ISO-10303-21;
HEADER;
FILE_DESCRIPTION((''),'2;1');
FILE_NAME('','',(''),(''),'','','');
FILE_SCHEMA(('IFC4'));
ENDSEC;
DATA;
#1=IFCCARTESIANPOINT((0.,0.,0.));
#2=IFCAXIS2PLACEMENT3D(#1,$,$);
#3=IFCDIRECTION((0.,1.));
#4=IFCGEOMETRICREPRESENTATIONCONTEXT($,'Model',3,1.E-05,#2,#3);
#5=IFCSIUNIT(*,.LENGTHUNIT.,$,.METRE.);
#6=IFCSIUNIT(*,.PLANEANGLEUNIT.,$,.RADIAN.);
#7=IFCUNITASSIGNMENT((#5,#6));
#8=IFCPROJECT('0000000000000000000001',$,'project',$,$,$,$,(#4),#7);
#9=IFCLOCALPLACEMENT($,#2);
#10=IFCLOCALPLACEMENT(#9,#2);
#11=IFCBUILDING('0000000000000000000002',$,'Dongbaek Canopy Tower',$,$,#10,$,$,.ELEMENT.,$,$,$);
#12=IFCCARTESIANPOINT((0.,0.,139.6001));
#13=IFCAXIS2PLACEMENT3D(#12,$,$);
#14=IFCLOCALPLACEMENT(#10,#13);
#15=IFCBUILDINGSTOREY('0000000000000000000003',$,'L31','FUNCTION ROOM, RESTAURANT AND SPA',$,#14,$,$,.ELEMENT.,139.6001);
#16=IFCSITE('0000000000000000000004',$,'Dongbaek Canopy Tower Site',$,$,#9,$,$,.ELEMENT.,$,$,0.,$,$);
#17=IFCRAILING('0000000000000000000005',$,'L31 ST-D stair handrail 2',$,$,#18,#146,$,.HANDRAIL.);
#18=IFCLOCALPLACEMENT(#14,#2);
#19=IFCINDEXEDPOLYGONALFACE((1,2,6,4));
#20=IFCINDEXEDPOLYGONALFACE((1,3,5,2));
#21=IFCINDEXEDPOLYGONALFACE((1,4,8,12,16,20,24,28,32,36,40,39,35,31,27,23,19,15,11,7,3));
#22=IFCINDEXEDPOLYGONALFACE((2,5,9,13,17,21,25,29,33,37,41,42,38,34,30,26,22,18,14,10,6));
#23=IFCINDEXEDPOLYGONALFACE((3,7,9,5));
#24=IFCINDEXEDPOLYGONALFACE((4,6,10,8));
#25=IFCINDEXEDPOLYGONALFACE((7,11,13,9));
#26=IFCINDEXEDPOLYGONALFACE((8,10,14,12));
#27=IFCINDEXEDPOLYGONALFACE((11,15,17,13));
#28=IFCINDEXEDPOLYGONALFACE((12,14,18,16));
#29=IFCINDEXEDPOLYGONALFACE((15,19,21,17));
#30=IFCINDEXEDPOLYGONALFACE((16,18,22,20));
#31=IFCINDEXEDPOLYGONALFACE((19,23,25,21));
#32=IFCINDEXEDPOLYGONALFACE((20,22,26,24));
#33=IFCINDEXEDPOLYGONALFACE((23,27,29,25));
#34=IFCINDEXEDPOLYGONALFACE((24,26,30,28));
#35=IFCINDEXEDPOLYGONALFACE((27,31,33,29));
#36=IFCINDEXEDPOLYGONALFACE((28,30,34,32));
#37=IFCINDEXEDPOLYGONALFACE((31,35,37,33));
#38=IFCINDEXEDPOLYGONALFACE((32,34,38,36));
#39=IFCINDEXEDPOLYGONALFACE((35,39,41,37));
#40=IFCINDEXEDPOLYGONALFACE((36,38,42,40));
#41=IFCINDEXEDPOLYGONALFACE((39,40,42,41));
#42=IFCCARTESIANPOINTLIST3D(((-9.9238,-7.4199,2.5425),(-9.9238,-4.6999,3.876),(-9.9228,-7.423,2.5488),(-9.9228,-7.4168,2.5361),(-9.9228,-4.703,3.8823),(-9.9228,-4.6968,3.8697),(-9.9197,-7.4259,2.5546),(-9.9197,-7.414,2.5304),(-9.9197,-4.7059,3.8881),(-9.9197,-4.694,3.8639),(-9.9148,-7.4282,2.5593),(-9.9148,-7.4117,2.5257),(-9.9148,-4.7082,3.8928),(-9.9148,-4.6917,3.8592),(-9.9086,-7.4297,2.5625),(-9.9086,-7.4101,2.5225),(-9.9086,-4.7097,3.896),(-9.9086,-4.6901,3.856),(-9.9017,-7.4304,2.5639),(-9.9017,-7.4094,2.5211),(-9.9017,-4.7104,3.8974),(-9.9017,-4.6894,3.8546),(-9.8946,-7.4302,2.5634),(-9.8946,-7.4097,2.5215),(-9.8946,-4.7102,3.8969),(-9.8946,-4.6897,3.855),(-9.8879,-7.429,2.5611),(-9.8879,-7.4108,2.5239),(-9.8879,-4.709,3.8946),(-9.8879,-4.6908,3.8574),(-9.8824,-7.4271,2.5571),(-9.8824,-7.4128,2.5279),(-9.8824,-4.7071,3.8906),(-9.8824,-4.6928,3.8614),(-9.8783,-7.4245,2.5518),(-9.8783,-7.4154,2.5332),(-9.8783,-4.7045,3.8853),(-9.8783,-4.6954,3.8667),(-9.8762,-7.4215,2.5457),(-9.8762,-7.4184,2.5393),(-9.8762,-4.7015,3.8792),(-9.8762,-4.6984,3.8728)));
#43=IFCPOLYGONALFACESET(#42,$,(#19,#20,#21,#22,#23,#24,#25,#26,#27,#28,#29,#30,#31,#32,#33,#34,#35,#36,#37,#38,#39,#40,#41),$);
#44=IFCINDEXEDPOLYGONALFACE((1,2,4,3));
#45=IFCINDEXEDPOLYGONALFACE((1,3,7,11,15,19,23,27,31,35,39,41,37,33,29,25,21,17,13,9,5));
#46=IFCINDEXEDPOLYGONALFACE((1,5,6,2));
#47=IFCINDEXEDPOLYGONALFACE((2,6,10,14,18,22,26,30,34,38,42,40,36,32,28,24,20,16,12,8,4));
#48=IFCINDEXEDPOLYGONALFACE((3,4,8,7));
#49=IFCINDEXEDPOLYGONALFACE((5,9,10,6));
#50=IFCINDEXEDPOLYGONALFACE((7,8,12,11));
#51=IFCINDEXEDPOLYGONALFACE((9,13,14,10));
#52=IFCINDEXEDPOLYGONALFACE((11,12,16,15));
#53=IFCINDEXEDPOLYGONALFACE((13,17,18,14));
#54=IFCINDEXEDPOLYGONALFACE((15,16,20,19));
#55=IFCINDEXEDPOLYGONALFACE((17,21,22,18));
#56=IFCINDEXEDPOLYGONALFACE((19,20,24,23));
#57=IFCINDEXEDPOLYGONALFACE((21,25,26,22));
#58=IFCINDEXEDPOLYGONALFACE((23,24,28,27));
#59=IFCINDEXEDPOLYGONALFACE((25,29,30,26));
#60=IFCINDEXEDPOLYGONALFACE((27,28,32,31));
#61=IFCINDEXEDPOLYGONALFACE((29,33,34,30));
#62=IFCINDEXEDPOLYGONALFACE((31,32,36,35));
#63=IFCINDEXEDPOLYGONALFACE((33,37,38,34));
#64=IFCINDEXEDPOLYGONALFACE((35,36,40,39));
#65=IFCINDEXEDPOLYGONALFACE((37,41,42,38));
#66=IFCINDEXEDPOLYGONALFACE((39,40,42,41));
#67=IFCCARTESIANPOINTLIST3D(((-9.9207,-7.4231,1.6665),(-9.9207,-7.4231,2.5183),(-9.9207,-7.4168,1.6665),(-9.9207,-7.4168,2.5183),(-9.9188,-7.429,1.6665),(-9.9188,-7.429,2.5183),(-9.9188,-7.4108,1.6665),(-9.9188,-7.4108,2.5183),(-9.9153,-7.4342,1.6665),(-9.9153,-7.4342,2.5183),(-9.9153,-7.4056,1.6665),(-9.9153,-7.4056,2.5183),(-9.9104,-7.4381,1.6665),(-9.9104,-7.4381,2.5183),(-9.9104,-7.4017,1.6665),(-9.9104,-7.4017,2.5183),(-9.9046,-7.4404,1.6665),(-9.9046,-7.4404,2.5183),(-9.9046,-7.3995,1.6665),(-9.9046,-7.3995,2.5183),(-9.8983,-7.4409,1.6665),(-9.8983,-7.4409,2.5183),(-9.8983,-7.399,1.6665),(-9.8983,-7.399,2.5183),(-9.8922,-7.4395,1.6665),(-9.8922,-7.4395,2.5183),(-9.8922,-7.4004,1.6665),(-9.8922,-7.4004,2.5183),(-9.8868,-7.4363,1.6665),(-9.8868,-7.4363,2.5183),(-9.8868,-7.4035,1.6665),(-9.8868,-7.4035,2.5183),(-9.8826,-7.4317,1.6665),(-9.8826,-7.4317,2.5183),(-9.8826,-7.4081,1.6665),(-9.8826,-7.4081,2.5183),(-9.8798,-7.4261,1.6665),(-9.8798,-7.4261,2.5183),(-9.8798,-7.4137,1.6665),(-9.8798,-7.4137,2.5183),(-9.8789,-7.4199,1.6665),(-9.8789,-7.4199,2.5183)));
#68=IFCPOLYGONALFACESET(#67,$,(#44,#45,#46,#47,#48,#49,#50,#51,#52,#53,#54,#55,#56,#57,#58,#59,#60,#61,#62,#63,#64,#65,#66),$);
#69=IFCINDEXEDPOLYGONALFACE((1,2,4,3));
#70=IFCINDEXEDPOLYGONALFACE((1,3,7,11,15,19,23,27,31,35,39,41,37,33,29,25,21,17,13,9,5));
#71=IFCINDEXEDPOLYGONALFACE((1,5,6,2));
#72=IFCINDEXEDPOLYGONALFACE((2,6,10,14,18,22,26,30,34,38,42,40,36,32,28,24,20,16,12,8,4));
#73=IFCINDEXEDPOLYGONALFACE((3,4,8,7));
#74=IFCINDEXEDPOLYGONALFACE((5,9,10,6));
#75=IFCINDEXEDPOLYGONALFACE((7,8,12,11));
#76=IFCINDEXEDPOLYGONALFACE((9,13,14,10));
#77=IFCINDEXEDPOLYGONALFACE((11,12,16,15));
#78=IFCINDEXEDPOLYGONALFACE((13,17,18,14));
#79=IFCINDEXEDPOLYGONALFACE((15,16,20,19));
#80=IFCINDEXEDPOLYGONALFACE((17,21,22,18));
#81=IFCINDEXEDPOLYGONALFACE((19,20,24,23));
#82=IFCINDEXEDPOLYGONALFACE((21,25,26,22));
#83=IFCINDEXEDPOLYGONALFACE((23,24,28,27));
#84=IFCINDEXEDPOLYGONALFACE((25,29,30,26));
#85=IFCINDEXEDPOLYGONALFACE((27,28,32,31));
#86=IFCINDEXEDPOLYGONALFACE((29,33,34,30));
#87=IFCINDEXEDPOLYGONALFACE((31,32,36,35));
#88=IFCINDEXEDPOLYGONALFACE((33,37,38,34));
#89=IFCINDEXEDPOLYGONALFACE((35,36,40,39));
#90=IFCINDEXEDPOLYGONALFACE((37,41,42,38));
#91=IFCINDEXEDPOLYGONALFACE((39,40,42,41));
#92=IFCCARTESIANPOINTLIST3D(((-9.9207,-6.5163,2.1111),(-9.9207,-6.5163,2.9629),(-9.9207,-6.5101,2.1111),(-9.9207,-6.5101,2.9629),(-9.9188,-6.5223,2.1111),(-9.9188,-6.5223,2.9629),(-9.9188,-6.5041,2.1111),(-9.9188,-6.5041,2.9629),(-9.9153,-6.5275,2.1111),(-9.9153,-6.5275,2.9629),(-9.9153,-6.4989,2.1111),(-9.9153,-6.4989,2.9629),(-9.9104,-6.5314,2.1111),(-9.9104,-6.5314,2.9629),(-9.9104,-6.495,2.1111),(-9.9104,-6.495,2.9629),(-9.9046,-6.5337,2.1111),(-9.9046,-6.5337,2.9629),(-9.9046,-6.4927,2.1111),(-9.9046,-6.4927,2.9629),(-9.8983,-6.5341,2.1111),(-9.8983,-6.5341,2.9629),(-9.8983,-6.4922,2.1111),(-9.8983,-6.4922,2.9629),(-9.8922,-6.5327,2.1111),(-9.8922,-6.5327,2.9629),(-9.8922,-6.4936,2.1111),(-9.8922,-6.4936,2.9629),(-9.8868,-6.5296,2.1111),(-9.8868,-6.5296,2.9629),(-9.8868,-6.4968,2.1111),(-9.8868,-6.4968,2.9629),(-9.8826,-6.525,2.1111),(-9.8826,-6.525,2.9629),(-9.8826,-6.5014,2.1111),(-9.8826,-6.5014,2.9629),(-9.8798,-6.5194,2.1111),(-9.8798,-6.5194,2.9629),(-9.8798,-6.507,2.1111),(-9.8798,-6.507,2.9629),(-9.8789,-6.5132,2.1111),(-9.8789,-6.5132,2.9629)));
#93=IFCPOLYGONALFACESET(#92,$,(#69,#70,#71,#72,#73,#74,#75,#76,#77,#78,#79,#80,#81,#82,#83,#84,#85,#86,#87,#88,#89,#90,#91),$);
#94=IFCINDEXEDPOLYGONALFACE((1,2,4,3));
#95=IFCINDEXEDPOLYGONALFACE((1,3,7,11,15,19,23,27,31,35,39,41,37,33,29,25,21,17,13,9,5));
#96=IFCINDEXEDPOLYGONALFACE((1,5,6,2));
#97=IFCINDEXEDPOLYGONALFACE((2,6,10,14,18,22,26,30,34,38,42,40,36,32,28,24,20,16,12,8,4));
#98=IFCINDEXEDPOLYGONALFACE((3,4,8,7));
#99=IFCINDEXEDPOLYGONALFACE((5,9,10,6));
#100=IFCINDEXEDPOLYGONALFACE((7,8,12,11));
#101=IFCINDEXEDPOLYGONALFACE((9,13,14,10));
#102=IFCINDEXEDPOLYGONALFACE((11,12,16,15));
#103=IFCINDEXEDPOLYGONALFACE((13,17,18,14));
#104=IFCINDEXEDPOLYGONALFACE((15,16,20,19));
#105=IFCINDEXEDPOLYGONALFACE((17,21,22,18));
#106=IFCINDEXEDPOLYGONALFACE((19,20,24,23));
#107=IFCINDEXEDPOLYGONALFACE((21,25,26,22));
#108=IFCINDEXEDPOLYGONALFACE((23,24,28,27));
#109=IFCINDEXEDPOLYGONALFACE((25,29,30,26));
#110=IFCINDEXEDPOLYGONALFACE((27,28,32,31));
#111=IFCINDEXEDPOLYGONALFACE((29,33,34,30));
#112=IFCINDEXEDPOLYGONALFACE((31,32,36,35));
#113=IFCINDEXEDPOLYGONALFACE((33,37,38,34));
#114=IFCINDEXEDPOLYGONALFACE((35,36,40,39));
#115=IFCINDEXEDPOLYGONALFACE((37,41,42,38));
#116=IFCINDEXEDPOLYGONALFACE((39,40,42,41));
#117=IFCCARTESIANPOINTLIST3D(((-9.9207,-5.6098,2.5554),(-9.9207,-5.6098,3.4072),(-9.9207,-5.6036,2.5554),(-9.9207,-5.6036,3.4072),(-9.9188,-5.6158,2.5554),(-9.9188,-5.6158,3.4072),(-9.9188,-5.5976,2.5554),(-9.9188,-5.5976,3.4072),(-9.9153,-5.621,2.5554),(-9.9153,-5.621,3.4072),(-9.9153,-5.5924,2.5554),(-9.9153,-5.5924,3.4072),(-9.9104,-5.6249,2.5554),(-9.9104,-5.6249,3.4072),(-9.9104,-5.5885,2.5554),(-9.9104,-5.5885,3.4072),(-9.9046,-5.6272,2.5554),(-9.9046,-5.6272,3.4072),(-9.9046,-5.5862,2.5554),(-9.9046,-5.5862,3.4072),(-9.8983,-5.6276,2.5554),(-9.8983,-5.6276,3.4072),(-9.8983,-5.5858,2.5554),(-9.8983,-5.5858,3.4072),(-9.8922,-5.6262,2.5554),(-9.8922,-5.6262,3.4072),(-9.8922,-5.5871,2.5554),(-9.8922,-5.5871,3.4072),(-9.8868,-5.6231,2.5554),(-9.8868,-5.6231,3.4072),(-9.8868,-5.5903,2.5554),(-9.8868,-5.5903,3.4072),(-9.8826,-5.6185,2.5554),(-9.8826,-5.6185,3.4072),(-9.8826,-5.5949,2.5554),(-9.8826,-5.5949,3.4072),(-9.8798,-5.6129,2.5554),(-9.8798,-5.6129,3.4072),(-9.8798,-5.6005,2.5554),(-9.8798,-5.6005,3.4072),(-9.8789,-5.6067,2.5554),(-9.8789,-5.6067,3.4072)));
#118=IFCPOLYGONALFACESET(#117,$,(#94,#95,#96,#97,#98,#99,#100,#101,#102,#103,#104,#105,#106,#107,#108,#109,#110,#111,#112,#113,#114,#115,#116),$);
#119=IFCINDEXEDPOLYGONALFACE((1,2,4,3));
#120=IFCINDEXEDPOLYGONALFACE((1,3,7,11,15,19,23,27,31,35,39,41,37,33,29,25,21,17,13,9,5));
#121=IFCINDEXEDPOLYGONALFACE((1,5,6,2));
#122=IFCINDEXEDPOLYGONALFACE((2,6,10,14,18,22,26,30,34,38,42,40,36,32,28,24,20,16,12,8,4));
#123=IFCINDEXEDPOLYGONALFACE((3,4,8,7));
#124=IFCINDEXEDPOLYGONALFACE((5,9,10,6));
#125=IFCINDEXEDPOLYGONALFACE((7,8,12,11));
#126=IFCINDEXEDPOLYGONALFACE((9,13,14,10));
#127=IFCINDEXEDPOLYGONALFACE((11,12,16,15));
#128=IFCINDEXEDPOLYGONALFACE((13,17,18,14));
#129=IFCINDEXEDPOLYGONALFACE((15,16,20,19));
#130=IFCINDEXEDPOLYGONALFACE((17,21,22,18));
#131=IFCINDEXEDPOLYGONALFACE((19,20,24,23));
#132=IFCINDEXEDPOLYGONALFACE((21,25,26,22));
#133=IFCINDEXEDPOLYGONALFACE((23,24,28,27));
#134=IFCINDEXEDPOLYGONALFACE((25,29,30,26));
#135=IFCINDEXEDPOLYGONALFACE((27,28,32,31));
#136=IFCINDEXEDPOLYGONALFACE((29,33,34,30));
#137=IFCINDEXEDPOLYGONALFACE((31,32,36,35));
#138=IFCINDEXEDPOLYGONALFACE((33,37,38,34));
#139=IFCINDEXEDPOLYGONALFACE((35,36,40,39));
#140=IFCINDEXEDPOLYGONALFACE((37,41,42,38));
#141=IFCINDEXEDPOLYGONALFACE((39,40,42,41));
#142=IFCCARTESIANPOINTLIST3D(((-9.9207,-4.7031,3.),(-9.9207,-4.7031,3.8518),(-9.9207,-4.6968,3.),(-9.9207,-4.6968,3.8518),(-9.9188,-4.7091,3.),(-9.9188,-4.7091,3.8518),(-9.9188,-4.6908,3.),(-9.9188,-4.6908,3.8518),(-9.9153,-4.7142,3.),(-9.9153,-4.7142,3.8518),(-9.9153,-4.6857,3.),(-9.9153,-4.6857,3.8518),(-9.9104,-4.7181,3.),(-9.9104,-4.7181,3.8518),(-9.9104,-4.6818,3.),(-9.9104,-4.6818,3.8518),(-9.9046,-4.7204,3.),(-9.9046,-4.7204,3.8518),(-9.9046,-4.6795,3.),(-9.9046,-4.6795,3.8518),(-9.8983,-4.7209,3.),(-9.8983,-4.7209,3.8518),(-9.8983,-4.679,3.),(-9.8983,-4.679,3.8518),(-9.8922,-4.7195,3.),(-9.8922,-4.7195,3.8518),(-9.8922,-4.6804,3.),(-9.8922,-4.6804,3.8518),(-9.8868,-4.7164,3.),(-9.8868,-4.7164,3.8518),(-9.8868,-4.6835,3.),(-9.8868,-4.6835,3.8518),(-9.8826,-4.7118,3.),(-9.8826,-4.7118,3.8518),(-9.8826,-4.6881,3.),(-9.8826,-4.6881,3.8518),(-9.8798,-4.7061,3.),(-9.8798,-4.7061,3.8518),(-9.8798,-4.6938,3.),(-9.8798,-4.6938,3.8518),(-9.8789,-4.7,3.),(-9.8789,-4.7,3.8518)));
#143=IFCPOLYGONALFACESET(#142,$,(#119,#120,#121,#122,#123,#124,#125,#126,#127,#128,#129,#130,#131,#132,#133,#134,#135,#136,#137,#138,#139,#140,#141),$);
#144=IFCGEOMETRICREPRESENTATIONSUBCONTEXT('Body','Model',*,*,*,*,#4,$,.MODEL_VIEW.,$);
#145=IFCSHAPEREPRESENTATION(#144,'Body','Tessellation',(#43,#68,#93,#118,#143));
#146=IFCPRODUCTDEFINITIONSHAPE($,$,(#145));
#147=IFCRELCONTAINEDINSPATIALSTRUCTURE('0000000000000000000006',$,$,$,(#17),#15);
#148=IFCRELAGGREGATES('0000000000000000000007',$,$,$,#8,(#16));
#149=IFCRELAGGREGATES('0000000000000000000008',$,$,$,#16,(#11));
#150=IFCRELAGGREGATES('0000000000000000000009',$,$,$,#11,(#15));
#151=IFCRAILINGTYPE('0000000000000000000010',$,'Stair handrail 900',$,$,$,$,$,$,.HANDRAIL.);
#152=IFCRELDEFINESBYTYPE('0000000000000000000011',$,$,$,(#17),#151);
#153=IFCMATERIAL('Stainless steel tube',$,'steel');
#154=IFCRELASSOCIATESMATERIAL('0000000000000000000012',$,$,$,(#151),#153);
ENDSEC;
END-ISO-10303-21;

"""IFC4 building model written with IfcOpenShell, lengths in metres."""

from ifc_helpers import new_model, si_unit, direction, frame, origin, origin_2d, place, context, subcontext, project, spatial, circle, extrude, material, type_object, element, save


model = new_model("IFC4")

# Units and contexts
model_context = context("Model", 3, precision=1e-05, world=origin(), true_north=direction((0.0, 1.0)))
body_context = subcontext(model_context, "Body", "Model", "MODEL_VIEW")
ifc_project = project(units=[si_unit("LENGTHUNIT", "METRE"), si_unit("PLANEANGLEUNIT", "RADIAN")], contexts=[model_context])

# Site, building, storey
site_placement = place(None, origin())
site = spatial("IfcSite", under=ifc_project, at=site_placement, Name="Dongbaek Canopy Tower Site", CompositionType="ELEMENT", RefElevation=0.0)
building_placement = place(site_placement, origin())
building = spatial("IfcBuilding", under=site, at=building_placement, Name="Dongbaek Canopy Tower", CompositionType="ELEMENT")
storey_placement = place(building_placement, frame((0.0, 0.0, 139.6001)))
storey = spatial("IfcBuildingStorey", under=building, at=storey_placement, Name="L31", Description="FUNCTION ROOM, RESTAURANT AND SPA", CompositionType="ELEMENT", Elevation=139.6001)

# Railing
ifc_material_1 = material(Name="Stainless steel tube", Category="steel")
railing_type_1 = type_object("IfcRailingType", Name="Stair handrail 900", PredefinedType="HANDRAIL", material=ifc_material_1)
railing_1_placement = place(storey_placement, frame((-9.8999, -7.4199, 1.6665)))
element("IfcRailing", 1, at=railing_1_placement, inside=storey, type_object=railing_type_1, Name="L31 ST-D stair handrail 2", PredefinedType="HANDRAIL", context=body_context, shape_type="SweptSolid", body=[
    extrude(circle(Radius=0.0239, at=origin_2d()), frame((0.0, 0.0, 0.876), z_axis=(0.0, 0.897898, 0.440204), x_axis=(-1.0, 0.0, 0.0)), (0.0, 0.0, 1.0), 3.0293),
    extrude(circle(Radius=0.021, at=origin_2d()), origin(), (0.0, 0.0, 1.0), 0.8518),
    extrude(circle(Radius=0.021, at=origin_2d()), frame((0.0, 0.9067, 0.4446)), (0.0, 0.0, 1.0), 0.8518),
    extrude(circle(Radius=0.021, at=origin_2d()), frame((0.0, 1.8132, 0.8889)), (0.0, 0.0, 1.0), 0.8518),
    extrude(circle(Radius=0.021, at=origin_2d()), frame((0.0, 2.72, 1.3335)), (0.0, 0.0, 1.0), 0.8518),
])

save(model, "model.ifc")
